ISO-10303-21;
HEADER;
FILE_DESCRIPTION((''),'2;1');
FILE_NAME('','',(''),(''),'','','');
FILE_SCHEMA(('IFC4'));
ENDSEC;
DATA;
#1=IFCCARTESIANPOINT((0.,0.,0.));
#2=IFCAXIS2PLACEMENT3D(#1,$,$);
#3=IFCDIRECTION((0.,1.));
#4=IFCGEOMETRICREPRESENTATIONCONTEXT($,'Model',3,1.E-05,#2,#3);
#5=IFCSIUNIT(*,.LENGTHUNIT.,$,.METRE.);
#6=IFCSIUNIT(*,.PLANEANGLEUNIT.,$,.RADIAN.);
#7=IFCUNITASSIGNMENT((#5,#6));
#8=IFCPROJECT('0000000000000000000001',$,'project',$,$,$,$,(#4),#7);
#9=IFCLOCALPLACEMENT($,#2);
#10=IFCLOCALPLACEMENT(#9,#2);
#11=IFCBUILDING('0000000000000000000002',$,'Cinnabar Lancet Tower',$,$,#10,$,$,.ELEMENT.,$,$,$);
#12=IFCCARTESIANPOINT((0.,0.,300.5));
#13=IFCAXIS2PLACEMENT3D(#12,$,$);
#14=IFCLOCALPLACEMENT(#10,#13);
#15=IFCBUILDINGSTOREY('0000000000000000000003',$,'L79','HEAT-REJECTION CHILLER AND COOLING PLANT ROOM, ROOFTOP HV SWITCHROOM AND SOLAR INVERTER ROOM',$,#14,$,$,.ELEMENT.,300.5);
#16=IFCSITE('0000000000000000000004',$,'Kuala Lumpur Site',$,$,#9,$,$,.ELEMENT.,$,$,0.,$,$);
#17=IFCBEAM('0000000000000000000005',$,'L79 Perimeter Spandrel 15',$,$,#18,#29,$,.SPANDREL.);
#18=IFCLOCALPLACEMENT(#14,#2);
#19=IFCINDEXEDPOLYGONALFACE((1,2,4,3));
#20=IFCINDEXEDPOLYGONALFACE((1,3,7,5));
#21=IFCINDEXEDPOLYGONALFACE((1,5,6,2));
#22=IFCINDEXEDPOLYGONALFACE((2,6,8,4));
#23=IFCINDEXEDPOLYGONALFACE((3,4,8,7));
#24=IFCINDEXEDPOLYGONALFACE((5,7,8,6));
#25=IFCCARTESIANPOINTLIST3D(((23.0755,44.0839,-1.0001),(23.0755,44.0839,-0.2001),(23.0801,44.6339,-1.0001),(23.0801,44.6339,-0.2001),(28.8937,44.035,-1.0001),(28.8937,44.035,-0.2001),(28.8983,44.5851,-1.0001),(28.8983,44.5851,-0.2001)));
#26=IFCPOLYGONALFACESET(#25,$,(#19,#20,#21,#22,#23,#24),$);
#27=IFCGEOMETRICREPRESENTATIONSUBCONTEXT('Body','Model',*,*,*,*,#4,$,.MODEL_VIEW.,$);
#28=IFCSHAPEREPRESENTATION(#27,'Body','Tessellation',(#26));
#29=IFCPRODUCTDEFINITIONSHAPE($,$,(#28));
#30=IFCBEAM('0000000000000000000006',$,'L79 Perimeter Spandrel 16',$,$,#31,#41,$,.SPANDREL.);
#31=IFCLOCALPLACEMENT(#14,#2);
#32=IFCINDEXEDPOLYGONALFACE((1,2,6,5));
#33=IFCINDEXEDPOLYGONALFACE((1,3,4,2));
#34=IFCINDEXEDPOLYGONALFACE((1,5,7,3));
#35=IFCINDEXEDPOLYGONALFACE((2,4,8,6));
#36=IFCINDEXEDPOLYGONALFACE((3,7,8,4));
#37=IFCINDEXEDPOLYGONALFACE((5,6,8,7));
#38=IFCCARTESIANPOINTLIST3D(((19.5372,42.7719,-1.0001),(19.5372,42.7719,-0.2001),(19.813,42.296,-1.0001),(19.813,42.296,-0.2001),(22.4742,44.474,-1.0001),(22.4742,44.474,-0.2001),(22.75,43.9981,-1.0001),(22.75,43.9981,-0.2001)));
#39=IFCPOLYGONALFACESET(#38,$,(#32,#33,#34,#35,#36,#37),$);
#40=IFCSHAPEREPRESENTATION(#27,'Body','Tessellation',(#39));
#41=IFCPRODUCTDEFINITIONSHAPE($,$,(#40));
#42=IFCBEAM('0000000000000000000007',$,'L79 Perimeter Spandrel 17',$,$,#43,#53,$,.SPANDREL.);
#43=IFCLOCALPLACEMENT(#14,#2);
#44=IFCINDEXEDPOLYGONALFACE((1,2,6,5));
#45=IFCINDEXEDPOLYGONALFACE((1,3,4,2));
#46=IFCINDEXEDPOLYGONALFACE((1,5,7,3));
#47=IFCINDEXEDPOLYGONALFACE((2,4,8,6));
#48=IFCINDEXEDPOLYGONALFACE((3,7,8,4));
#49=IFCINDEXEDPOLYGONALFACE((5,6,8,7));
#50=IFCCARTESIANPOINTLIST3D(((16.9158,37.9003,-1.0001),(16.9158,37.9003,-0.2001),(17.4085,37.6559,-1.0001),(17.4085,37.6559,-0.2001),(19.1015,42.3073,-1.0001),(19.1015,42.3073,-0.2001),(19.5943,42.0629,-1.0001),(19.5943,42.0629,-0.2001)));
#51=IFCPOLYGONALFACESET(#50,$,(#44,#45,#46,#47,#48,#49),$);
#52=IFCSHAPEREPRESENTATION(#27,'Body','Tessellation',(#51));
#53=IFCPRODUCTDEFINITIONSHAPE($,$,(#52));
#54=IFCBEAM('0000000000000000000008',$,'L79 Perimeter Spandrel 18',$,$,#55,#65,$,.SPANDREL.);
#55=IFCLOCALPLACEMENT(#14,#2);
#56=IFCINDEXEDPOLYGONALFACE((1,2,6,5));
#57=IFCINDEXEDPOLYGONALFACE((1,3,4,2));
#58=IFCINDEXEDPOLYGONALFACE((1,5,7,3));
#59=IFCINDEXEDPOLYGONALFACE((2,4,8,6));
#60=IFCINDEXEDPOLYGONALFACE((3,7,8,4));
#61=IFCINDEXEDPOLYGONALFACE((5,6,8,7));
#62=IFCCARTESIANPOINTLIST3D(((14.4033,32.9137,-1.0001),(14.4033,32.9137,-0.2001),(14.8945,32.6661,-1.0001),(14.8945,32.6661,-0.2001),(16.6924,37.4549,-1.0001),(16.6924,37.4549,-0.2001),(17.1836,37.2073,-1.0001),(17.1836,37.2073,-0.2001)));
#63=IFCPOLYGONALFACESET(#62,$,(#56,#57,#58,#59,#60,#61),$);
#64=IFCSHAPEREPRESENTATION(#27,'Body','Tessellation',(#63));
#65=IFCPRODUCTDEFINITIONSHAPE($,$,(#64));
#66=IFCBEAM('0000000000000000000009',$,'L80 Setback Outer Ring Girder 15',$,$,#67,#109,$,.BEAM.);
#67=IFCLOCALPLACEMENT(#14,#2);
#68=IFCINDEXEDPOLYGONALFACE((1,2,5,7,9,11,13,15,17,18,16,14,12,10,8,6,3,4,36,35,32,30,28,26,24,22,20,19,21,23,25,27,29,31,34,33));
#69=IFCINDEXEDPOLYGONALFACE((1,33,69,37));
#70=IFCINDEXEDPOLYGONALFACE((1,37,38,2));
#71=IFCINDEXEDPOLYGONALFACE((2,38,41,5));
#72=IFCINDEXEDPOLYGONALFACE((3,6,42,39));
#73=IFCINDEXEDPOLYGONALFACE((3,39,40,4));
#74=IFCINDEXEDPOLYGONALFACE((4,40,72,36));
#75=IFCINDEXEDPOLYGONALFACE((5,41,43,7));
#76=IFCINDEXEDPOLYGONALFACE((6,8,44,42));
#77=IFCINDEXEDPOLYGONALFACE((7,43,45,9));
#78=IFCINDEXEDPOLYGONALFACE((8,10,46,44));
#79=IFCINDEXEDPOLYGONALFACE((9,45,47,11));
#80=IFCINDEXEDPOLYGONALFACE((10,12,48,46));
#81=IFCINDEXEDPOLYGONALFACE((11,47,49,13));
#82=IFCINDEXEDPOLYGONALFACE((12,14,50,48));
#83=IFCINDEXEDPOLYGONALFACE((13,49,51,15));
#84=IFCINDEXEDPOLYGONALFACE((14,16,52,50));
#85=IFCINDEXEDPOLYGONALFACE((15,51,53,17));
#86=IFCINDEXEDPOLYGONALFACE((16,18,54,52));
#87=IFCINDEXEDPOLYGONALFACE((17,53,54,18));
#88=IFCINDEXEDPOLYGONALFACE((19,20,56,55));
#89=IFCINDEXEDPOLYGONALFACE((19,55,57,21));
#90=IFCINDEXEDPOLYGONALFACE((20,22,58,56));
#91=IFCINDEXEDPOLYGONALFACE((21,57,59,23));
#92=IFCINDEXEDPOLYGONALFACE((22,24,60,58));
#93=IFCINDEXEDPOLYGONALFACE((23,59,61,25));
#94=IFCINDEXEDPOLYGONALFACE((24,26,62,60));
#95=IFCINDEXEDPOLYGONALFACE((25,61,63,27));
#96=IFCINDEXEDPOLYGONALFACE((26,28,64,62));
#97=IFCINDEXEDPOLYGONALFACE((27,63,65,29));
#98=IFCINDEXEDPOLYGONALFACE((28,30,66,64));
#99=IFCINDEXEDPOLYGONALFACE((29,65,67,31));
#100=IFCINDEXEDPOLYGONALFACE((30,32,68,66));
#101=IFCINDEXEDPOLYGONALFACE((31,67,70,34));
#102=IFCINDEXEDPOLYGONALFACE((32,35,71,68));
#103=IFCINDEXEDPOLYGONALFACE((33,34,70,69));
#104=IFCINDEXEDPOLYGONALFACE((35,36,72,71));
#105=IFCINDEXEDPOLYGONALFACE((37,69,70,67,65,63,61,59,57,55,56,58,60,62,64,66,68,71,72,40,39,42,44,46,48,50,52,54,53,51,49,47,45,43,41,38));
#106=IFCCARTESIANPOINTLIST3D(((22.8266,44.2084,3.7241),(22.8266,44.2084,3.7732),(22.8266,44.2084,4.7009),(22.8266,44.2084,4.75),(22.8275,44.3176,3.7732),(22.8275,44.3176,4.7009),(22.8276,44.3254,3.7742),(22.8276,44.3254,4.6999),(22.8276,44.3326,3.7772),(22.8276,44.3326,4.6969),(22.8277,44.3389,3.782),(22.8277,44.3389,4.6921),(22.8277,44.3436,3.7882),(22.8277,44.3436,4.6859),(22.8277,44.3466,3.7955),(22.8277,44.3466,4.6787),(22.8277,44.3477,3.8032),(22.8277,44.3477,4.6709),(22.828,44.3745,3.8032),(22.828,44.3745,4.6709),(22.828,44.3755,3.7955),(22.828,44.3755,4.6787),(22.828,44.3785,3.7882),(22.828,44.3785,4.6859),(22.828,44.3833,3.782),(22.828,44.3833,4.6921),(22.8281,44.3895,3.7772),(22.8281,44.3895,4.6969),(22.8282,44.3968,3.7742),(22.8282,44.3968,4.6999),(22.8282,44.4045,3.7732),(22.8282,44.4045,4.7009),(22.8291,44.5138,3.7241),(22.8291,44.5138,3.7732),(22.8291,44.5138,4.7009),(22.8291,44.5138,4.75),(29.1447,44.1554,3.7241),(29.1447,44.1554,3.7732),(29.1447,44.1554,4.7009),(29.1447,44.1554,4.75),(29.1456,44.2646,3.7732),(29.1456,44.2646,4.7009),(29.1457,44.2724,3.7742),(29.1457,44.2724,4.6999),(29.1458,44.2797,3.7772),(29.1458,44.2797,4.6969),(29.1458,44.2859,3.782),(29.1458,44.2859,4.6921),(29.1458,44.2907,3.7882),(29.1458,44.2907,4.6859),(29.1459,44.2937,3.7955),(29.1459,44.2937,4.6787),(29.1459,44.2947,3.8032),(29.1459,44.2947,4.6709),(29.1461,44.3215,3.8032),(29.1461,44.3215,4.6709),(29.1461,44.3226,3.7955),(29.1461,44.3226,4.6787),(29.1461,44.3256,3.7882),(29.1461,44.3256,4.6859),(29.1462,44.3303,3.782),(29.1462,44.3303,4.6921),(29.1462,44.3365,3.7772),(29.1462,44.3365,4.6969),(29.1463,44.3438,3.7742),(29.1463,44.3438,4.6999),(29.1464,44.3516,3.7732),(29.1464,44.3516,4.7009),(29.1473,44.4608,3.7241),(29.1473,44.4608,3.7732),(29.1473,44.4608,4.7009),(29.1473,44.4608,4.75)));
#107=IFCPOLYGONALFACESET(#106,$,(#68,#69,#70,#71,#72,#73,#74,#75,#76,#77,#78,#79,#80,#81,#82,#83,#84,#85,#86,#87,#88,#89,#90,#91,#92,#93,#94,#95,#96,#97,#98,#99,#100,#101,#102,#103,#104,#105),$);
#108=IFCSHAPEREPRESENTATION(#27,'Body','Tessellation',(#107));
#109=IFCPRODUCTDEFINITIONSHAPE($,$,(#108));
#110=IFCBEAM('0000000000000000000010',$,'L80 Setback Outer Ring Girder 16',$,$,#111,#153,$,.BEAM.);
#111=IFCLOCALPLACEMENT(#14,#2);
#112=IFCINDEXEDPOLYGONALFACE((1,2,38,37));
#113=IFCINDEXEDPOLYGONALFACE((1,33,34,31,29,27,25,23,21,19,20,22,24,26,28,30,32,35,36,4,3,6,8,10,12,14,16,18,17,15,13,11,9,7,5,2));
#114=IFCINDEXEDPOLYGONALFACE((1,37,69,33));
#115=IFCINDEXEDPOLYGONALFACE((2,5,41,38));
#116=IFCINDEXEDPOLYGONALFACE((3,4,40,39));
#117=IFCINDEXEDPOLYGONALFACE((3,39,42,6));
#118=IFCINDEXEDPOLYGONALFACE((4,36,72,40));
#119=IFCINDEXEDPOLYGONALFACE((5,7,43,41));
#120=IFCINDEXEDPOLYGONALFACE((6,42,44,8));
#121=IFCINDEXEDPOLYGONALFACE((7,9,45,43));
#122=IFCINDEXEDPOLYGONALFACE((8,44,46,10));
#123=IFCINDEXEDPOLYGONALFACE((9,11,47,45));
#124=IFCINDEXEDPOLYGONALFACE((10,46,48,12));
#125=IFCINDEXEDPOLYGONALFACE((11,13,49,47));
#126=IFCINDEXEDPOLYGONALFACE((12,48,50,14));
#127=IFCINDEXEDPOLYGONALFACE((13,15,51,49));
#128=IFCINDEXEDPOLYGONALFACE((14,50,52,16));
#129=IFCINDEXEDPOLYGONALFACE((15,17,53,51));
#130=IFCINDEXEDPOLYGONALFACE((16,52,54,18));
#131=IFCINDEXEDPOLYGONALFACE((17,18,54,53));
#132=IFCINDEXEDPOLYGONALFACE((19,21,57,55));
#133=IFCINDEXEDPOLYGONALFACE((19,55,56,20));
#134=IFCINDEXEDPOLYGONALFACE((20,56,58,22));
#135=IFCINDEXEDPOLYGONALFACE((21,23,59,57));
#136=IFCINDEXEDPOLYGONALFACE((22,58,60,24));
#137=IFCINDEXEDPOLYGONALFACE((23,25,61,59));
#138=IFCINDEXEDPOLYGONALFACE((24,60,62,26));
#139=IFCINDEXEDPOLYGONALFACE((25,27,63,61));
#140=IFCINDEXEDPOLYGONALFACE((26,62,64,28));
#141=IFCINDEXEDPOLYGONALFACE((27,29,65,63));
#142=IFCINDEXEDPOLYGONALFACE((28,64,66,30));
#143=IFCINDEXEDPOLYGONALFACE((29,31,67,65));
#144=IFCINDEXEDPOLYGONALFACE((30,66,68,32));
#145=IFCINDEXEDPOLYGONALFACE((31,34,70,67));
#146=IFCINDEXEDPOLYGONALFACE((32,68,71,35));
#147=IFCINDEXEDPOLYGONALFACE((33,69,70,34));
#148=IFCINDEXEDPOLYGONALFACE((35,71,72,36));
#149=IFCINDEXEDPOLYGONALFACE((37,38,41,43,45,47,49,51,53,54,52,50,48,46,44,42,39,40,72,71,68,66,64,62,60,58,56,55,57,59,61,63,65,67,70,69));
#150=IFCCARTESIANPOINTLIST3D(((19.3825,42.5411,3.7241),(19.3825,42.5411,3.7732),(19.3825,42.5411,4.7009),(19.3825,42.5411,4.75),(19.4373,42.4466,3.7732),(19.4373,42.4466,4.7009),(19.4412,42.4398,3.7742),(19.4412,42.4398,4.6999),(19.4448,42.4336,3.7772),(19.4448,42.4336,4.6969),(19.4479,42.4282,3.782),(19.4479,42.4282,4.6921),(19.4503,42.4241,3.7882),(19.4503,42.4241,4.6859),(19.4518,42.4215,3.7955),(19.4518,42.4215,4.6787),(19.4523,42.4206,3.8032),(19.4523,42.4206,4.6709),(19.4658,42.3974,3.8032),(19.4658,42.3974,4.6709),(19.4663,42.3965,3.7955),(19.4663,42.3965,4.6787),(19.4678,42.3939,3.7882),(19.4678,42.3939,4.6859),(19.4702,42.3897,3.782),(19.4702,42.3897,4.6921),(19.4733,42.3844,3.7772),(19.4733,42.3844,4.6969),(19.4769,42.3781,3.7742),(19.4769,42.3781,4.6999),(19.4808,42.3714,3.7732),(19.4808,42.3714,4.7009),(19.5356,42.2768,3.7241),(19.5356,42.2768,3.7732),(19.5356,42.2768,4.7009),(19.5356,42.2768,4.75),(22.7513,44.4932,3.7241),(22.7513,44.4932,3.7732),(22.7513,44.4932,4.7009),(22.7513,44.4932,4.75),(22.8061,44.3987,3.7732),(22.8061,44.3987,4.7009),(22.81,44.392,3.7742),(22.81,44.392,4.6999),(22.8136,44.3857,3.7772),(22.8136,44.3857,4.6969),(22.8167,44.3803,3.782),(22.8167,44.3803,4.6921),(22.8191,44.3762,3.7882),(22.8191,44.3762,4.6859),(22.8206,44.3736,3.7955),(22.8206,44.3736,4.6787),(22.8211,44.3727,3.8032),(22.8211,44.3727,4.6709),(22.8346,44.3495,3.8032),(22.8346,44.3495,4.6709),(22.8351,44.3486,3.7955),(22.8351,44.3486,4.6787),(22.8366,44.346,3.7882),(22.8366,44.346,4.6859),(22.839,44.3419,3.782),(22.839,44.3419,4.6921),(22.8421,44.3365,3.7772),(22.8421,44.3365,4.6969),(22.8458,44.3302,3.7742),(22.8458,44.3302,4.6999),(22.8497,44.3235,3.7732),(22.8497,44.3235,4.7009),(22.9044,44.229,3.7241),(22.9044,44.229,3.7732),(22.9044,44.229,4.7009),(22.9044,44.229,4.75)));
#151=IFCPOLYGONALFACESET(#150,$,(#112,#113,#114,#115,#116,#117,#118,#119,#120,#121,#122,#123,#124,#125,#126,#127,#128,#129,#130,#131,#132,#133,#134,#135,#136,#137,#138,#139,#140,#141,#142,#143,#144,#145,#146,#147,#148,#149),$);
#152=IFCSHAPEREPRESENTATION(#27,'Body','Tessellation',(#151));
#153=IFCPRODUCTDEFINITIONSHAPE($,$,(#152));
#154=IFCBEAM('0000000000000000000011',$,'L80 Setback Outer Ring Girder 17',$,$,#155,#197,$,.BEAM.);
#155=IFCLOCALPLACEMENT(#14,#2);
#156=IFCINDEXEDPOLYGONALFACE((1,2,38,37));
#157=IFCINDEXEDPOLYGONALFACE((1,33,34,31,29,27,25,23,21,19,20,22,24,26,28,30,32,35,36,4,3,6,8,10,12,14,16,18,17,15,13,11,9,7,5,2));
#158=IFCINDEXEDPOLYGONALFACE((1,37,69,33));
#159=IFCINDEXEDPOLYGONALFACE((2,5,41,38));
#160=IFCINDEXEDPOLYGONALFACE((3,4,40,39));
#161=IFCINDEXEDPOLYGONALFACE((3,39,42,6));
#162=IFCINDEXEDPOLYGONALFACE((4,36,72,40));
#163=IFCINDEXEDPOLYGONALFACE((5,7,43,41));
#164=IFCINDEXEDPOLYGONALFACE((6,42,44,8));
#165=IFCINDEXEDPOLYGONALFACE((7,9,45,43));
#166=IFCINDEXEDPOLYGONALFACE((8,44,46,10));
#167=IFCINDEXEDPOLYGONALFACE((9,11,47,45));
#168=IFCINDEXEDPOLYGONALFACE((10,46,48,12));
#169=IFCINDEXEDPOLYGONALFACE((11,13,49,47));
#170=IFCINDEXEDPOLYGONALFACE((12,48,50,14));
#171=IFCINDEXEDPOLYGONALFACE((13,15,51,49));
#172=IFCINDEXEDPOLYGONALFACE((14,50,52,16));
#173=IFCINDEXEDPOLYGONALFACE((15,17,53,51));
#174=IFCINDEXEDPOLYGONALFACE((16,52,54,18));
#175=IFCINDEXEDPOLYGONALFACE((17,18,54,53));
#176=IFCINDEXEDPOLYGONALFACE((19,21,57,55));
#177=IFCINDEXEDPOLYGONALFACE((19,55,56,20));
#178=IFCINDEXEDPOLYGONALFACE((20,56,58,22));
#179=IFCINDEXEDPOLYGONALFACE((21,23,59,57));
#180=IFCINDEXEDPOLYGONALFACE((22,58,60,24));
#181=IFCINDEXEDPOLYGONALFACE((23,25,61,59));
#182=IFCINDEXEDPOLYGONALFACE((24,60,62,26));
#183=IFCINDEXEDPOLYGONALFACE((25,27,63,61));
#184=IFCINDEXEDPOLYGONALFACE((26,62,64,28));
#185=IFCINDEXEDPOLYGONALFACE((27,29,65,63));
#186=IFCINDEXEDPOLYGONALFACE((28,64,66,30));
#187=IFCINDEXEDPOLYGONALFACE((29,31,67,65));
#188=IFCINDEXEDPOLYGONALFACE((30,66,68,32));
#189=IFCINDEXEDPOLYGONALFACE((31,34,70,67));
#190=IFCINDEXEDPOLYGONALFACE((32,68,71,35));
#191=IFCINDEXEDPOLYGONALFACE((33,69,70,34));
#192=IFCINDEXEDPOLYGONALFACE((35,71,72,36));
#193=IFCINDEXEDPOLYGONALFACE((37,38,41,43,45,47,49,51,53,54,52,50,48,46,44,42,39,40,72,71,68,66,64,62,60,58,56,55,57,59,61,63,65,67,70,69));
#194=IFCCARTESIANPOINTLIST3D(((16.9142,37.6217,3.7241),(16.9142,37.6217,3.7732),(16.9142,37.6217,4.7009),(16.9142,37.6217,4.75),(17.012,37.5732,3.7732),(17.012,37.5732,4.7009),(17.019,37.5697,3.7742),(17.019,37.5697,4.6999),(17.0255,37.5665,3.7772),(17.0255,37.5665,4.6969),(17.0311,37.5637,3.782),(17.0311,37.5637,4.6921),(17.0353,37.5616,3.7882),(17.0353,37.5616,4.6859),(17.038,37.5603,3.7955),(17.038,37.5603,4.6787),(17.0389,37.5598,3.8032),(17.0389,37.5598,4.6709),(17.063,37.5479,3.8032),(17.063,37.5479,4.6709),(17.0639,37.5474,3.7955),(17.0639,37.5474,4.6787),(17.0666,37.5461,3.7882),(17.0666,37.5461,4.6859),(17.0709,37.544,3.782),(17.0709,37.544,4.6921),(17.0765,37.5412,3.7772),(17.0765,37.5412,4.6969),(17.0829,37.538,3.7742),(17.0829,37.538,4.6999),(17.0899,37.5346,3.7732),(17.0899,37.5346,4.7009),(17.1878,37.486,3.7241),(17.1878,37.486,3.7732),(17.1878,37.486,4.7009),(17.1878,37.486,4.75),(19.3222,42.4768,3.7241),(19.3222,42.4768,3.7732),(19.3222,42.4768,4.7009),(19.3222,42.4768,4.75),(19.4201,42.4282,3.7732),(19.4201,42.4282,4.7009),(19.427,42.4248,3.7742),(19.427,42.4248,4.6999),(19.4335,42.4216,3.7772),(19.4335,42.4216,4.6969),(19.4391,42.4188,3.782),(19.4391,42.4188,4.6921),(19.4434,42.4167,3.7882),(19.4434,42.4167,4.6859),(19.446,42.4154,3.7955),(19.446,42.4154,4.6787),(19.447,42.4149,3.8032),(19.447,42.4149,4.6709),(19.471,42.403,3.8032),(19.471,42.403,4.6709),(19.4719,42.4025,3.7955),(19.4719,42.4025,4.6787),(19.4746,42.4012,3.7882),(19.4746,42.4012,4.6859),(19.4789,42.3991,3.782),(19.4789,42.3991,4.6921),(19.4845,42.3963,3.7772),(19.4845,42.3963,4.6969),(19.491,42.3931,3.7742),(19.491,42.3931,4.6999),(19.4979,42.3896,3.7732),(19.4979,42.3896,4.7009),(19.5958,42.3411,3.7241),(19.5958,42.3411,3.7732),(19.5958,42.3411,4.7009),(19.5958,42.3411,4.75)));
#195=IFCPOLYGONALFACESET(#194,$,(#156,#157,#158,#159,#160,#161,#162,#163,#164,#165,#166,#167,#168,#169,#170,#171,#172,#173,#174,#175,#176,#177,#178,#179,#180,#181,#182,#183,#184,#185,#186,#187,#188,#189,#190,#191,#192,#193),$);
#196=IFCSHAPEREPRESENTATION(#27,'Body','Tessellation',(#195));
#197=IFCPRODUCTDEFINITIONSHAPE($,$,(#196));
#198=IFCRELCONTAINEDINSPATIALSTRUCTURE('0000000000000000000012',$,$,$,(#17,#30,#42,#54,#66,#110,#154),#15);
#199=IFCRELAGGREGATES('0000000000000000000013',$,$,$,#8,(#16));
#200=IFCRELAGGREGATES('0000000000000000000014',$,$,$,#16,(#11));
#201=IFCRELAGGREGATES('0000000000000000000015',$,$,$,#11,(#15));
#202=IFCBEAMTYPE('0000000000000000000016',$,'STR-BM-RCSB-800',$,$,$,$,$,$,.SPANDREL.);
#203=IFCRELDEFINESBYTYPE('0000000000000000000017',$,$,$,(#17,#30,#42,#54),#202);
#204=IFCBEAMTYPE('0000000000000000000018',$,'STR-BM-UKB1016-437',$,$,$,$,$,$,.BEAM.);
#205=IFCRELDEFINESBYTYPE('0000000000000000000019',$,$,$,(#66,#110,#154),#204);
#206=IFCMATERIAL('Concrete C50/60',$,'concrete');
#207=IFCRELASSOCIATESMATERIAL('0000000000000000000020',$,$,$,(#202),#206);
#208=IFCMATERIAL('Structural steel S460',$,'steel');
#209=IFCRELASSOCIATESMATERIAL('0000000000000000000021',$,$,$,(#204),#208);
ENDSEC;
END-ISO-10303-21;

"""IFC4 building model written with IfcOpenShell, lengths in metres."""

from ifc_helpers import new_model, si_unit, direction, frame, origin, origin_2d, place, context, subcontext, project, spatial, rectangle, i_section, extrude, material, material_profile, profile_set, type_object, element, save


model = new_model("IFC4")

# Units and contexts
model_context = context("Model", 3, precision=1e-05, world=origin(), true_north=direction((0.0, 1.0)))
body_context = subcontext(model_context, "Body", "Model", "MODEL_VIEW")
ifc_project = project(units=[si_unit("LENGTHUNIT", "METRE"), si_unit("PLANEANGLEUNIT", "RADIAN")], contexts=[model_context])

# Site, building, storey
site_placement = place(None, origin())
site = spatial("IfcSite", under=ifc_project, at=site_placement, Name="Kuala Lumpur Site", CompositionType="ELEMENT", RefElevation=0.0)
building_placement = place(site_placement, origin())
building = spatial("IfcBuilding", under=site, at=building_placement, Name="Cinnabar Lancet Tower", CompositionType="ELEMENT")
storey_placement = place(building_placement, frame((0.0, 0.0, 300.5)))
storey = spatial("IfcBuildingStorey", under=building, at=storey_placement, Name="L79", Description="HEAT-REJECTION CHILLER AND COOLING PLANT ROOM, ROOFTOP HV SWITCHROOM AND SOLAR INVERTER ROOM", CompositionType="ELEMENT", Elevation=300.5)

# Beams
ifc_material_1 = material(Name="Concrete C50/60", Category="concrete")
ifc_material_profile_1 = material_profile(ifc_material_1, rectangle(XDim=0.55, YDim=0.8, at=origin_2d()), Name="RC-SB 550x800")
ifc_profile_set_1 = profile_set([ifc_material_profile_1], Name="Concrete C50/60")
beam_type_1 = type_object("IfcBeamType", Name="STR-BM-RCSB-800", PredefinedType="SPANDREL", material=ifc_profile_set_1)
beam_1_placement = place(storey_placement, frame((28.896, 44.3101, -0.6001), z_axis=(-0.999965, 0.008392, 0.0), x_axis=(-0.008392, -0.999965, 0.0)))
element("IfcBeam", 1, at=beam_1_placement, inside=storey, type_object=beam_type_1, Name="L79 Perimeter Spandrel 15", PredefinedType="SPANDREL", context=body_context, shape_type="SweptSolid", body=[
    extrude(rectangle(XDim=0.55, YDim=0.8, at=origin_2d()), origin(), (0.0, 0.0, 1.0), 5.8184),
])
beam_2_placement = place(storey_placement, frame((22.6121, 44.2361, -0.6001), z_axis=(-0.8652, -0.501427, 0.0), x_axis=(0.501427, -0.8652, 0.0)))
element("IfcBeam", 2, at=beam_2_placement, inside=storey, type_object=beam_type_1, Name="L79 Perimeter Spandrel 16", PredefinedType="SPANDREL", context=body_context, shape_type="SweptSolid", body=[
    extrude(rectangle(XDim=0.55, YDim=0.8, at=origin_2d()), origin(), (0.0, 0.0, 1.0), 3.3945),
])
beam_3_placement = place(storey_placement, frame((19.3479, 42.1851, -0.6001), z_axis=(-0.444333, -0.895862, 0.0), x_axis=(0.895862, -0.444333, 0.0)))
element("IfcBeam", 3, at=beam_3_placement, inside=storey, type_object=beam_type_1, Name="L79 Perimeter Spandrel 17", PredefinedType="SPANDREL", context=body_context, shape_type="SweptSolid", body=[
    extrude(rectangle(XDim=0.55, YDim=0.8, at=origin_2d()), origin(), (0.0, 0.0, 1.0), 4.9192),
])
beam_4_placement = place(storey_placement, frame((16.938, 37.3311, -0.6001), z_axis=(-0.45013, -0.892963, 0.0), x_axis=(0.892963, -0.45013, 0.0)))
element("IfcBeam", 4, at=beam_4_placement, inside=storey, type_object=beam_type_1, Name="L79 Perimeter Spandrel 18", PredefinedType="SPANDREL", context=body_context, shape_type="SweptSolid", body=[
    extrude(rectangle(XDim=0.55, YDim=0.8, at=origin_2d()), origin(), (0.0, 0.0, 1.0), 5.0854),
])
ifc_material_2 = material(Name="Structural steel S460", Category="steel")
ifc_material_profile_2 = material_profile(ifc_material_2, i_section(OverallWidth=0.3054, OverallDepth=1.0259, WebThickness=0.0269, FlangeThickness=0.0491, FilletRadius=0.03, at=origin_2d()), Name="UKB 1016x305x437")
ifc_profile_set_2 = profile_set([ifc_material_profile_2], Name="Structural steel S460")
beam_type_2 = type_object("IfcBeamType", Name="STR-BM-UKB1016-437", PredefinedType="BEAM", material=ifc_profile_set_2)
beam_5_placement = place(storey_placement, frame((29.146, 44.3081, 4.2371), z_axis=(-0.999965, 0.008385, 0.0), x_axis=(-0.008385, -0.999965, 0.0)))
element("IfcBeam", 5, at=beam_5_placement, inside=storey, type_object=beam_type_2, Name="L80 Setback Outer Ring Girder 15", PredefinedType="BEAM", context=body_context, shape_type="SweptSolid", body=[
    extrude(i_section(OverallWidth=0.3054, OverallDepth=1.0259, WebThickness=0.0269, FlangeThickness=0.0491, FilletRadius=0.03, at=origin_2d()), origin(), (0.0, 0.0, 1.0), 6.3184),
])
beam_6_placement = place(storey_placement, frame((22.8279, 44.3611, 4.2371), z_axis=(-0.865233, -0.50137, 0.0), x_axis=(0.50137, -0.865233, 0.0)))
element("IfcBeam", 6, at=beam_6_placement, inside=storey, type_object=beam_type_2, Name="L80 Setback Outer Ring Girder 16", PredefinedType="BEAM", context=body_context, shape_type="SweptSolid", body=[
    extrude(i_section(OverallWidth=0.3054, OverallDepth=1.0259, WebThickness=0.0269, FlangeThickness=0.0491, FilletRadius=0.03, at=origin_2d()), origin(), (0.0, 0.0, 1.0), 3.8936),
])
beam_7_placement = place(storey_placement, frame((19.459, 42.4089, 4.2371), z_axis=(-0.444328, -0.895864, 0.0), x_axis=(0.895864, -0.444328, 0.0)))
element("IfcBeam", 7, at=beam_7_placement, inside=storey, type_object=beam_type_2, Name="L80 Setback Outer Ring Girder 17", PredefinedType="BEAM", context=body_context, shape_type="SweptSolid", body=[
    extrude(i_section(OverallWidth=0.3054, OverallDepth=1.0259, WebThickness=0.0269, FlangeThickness=0.0491, FilletRadius=0.03, at=origin_2d()), origin(), (0.0, 0.0, 1.0), 5.4194),
])

save(model, "model.ifc")
